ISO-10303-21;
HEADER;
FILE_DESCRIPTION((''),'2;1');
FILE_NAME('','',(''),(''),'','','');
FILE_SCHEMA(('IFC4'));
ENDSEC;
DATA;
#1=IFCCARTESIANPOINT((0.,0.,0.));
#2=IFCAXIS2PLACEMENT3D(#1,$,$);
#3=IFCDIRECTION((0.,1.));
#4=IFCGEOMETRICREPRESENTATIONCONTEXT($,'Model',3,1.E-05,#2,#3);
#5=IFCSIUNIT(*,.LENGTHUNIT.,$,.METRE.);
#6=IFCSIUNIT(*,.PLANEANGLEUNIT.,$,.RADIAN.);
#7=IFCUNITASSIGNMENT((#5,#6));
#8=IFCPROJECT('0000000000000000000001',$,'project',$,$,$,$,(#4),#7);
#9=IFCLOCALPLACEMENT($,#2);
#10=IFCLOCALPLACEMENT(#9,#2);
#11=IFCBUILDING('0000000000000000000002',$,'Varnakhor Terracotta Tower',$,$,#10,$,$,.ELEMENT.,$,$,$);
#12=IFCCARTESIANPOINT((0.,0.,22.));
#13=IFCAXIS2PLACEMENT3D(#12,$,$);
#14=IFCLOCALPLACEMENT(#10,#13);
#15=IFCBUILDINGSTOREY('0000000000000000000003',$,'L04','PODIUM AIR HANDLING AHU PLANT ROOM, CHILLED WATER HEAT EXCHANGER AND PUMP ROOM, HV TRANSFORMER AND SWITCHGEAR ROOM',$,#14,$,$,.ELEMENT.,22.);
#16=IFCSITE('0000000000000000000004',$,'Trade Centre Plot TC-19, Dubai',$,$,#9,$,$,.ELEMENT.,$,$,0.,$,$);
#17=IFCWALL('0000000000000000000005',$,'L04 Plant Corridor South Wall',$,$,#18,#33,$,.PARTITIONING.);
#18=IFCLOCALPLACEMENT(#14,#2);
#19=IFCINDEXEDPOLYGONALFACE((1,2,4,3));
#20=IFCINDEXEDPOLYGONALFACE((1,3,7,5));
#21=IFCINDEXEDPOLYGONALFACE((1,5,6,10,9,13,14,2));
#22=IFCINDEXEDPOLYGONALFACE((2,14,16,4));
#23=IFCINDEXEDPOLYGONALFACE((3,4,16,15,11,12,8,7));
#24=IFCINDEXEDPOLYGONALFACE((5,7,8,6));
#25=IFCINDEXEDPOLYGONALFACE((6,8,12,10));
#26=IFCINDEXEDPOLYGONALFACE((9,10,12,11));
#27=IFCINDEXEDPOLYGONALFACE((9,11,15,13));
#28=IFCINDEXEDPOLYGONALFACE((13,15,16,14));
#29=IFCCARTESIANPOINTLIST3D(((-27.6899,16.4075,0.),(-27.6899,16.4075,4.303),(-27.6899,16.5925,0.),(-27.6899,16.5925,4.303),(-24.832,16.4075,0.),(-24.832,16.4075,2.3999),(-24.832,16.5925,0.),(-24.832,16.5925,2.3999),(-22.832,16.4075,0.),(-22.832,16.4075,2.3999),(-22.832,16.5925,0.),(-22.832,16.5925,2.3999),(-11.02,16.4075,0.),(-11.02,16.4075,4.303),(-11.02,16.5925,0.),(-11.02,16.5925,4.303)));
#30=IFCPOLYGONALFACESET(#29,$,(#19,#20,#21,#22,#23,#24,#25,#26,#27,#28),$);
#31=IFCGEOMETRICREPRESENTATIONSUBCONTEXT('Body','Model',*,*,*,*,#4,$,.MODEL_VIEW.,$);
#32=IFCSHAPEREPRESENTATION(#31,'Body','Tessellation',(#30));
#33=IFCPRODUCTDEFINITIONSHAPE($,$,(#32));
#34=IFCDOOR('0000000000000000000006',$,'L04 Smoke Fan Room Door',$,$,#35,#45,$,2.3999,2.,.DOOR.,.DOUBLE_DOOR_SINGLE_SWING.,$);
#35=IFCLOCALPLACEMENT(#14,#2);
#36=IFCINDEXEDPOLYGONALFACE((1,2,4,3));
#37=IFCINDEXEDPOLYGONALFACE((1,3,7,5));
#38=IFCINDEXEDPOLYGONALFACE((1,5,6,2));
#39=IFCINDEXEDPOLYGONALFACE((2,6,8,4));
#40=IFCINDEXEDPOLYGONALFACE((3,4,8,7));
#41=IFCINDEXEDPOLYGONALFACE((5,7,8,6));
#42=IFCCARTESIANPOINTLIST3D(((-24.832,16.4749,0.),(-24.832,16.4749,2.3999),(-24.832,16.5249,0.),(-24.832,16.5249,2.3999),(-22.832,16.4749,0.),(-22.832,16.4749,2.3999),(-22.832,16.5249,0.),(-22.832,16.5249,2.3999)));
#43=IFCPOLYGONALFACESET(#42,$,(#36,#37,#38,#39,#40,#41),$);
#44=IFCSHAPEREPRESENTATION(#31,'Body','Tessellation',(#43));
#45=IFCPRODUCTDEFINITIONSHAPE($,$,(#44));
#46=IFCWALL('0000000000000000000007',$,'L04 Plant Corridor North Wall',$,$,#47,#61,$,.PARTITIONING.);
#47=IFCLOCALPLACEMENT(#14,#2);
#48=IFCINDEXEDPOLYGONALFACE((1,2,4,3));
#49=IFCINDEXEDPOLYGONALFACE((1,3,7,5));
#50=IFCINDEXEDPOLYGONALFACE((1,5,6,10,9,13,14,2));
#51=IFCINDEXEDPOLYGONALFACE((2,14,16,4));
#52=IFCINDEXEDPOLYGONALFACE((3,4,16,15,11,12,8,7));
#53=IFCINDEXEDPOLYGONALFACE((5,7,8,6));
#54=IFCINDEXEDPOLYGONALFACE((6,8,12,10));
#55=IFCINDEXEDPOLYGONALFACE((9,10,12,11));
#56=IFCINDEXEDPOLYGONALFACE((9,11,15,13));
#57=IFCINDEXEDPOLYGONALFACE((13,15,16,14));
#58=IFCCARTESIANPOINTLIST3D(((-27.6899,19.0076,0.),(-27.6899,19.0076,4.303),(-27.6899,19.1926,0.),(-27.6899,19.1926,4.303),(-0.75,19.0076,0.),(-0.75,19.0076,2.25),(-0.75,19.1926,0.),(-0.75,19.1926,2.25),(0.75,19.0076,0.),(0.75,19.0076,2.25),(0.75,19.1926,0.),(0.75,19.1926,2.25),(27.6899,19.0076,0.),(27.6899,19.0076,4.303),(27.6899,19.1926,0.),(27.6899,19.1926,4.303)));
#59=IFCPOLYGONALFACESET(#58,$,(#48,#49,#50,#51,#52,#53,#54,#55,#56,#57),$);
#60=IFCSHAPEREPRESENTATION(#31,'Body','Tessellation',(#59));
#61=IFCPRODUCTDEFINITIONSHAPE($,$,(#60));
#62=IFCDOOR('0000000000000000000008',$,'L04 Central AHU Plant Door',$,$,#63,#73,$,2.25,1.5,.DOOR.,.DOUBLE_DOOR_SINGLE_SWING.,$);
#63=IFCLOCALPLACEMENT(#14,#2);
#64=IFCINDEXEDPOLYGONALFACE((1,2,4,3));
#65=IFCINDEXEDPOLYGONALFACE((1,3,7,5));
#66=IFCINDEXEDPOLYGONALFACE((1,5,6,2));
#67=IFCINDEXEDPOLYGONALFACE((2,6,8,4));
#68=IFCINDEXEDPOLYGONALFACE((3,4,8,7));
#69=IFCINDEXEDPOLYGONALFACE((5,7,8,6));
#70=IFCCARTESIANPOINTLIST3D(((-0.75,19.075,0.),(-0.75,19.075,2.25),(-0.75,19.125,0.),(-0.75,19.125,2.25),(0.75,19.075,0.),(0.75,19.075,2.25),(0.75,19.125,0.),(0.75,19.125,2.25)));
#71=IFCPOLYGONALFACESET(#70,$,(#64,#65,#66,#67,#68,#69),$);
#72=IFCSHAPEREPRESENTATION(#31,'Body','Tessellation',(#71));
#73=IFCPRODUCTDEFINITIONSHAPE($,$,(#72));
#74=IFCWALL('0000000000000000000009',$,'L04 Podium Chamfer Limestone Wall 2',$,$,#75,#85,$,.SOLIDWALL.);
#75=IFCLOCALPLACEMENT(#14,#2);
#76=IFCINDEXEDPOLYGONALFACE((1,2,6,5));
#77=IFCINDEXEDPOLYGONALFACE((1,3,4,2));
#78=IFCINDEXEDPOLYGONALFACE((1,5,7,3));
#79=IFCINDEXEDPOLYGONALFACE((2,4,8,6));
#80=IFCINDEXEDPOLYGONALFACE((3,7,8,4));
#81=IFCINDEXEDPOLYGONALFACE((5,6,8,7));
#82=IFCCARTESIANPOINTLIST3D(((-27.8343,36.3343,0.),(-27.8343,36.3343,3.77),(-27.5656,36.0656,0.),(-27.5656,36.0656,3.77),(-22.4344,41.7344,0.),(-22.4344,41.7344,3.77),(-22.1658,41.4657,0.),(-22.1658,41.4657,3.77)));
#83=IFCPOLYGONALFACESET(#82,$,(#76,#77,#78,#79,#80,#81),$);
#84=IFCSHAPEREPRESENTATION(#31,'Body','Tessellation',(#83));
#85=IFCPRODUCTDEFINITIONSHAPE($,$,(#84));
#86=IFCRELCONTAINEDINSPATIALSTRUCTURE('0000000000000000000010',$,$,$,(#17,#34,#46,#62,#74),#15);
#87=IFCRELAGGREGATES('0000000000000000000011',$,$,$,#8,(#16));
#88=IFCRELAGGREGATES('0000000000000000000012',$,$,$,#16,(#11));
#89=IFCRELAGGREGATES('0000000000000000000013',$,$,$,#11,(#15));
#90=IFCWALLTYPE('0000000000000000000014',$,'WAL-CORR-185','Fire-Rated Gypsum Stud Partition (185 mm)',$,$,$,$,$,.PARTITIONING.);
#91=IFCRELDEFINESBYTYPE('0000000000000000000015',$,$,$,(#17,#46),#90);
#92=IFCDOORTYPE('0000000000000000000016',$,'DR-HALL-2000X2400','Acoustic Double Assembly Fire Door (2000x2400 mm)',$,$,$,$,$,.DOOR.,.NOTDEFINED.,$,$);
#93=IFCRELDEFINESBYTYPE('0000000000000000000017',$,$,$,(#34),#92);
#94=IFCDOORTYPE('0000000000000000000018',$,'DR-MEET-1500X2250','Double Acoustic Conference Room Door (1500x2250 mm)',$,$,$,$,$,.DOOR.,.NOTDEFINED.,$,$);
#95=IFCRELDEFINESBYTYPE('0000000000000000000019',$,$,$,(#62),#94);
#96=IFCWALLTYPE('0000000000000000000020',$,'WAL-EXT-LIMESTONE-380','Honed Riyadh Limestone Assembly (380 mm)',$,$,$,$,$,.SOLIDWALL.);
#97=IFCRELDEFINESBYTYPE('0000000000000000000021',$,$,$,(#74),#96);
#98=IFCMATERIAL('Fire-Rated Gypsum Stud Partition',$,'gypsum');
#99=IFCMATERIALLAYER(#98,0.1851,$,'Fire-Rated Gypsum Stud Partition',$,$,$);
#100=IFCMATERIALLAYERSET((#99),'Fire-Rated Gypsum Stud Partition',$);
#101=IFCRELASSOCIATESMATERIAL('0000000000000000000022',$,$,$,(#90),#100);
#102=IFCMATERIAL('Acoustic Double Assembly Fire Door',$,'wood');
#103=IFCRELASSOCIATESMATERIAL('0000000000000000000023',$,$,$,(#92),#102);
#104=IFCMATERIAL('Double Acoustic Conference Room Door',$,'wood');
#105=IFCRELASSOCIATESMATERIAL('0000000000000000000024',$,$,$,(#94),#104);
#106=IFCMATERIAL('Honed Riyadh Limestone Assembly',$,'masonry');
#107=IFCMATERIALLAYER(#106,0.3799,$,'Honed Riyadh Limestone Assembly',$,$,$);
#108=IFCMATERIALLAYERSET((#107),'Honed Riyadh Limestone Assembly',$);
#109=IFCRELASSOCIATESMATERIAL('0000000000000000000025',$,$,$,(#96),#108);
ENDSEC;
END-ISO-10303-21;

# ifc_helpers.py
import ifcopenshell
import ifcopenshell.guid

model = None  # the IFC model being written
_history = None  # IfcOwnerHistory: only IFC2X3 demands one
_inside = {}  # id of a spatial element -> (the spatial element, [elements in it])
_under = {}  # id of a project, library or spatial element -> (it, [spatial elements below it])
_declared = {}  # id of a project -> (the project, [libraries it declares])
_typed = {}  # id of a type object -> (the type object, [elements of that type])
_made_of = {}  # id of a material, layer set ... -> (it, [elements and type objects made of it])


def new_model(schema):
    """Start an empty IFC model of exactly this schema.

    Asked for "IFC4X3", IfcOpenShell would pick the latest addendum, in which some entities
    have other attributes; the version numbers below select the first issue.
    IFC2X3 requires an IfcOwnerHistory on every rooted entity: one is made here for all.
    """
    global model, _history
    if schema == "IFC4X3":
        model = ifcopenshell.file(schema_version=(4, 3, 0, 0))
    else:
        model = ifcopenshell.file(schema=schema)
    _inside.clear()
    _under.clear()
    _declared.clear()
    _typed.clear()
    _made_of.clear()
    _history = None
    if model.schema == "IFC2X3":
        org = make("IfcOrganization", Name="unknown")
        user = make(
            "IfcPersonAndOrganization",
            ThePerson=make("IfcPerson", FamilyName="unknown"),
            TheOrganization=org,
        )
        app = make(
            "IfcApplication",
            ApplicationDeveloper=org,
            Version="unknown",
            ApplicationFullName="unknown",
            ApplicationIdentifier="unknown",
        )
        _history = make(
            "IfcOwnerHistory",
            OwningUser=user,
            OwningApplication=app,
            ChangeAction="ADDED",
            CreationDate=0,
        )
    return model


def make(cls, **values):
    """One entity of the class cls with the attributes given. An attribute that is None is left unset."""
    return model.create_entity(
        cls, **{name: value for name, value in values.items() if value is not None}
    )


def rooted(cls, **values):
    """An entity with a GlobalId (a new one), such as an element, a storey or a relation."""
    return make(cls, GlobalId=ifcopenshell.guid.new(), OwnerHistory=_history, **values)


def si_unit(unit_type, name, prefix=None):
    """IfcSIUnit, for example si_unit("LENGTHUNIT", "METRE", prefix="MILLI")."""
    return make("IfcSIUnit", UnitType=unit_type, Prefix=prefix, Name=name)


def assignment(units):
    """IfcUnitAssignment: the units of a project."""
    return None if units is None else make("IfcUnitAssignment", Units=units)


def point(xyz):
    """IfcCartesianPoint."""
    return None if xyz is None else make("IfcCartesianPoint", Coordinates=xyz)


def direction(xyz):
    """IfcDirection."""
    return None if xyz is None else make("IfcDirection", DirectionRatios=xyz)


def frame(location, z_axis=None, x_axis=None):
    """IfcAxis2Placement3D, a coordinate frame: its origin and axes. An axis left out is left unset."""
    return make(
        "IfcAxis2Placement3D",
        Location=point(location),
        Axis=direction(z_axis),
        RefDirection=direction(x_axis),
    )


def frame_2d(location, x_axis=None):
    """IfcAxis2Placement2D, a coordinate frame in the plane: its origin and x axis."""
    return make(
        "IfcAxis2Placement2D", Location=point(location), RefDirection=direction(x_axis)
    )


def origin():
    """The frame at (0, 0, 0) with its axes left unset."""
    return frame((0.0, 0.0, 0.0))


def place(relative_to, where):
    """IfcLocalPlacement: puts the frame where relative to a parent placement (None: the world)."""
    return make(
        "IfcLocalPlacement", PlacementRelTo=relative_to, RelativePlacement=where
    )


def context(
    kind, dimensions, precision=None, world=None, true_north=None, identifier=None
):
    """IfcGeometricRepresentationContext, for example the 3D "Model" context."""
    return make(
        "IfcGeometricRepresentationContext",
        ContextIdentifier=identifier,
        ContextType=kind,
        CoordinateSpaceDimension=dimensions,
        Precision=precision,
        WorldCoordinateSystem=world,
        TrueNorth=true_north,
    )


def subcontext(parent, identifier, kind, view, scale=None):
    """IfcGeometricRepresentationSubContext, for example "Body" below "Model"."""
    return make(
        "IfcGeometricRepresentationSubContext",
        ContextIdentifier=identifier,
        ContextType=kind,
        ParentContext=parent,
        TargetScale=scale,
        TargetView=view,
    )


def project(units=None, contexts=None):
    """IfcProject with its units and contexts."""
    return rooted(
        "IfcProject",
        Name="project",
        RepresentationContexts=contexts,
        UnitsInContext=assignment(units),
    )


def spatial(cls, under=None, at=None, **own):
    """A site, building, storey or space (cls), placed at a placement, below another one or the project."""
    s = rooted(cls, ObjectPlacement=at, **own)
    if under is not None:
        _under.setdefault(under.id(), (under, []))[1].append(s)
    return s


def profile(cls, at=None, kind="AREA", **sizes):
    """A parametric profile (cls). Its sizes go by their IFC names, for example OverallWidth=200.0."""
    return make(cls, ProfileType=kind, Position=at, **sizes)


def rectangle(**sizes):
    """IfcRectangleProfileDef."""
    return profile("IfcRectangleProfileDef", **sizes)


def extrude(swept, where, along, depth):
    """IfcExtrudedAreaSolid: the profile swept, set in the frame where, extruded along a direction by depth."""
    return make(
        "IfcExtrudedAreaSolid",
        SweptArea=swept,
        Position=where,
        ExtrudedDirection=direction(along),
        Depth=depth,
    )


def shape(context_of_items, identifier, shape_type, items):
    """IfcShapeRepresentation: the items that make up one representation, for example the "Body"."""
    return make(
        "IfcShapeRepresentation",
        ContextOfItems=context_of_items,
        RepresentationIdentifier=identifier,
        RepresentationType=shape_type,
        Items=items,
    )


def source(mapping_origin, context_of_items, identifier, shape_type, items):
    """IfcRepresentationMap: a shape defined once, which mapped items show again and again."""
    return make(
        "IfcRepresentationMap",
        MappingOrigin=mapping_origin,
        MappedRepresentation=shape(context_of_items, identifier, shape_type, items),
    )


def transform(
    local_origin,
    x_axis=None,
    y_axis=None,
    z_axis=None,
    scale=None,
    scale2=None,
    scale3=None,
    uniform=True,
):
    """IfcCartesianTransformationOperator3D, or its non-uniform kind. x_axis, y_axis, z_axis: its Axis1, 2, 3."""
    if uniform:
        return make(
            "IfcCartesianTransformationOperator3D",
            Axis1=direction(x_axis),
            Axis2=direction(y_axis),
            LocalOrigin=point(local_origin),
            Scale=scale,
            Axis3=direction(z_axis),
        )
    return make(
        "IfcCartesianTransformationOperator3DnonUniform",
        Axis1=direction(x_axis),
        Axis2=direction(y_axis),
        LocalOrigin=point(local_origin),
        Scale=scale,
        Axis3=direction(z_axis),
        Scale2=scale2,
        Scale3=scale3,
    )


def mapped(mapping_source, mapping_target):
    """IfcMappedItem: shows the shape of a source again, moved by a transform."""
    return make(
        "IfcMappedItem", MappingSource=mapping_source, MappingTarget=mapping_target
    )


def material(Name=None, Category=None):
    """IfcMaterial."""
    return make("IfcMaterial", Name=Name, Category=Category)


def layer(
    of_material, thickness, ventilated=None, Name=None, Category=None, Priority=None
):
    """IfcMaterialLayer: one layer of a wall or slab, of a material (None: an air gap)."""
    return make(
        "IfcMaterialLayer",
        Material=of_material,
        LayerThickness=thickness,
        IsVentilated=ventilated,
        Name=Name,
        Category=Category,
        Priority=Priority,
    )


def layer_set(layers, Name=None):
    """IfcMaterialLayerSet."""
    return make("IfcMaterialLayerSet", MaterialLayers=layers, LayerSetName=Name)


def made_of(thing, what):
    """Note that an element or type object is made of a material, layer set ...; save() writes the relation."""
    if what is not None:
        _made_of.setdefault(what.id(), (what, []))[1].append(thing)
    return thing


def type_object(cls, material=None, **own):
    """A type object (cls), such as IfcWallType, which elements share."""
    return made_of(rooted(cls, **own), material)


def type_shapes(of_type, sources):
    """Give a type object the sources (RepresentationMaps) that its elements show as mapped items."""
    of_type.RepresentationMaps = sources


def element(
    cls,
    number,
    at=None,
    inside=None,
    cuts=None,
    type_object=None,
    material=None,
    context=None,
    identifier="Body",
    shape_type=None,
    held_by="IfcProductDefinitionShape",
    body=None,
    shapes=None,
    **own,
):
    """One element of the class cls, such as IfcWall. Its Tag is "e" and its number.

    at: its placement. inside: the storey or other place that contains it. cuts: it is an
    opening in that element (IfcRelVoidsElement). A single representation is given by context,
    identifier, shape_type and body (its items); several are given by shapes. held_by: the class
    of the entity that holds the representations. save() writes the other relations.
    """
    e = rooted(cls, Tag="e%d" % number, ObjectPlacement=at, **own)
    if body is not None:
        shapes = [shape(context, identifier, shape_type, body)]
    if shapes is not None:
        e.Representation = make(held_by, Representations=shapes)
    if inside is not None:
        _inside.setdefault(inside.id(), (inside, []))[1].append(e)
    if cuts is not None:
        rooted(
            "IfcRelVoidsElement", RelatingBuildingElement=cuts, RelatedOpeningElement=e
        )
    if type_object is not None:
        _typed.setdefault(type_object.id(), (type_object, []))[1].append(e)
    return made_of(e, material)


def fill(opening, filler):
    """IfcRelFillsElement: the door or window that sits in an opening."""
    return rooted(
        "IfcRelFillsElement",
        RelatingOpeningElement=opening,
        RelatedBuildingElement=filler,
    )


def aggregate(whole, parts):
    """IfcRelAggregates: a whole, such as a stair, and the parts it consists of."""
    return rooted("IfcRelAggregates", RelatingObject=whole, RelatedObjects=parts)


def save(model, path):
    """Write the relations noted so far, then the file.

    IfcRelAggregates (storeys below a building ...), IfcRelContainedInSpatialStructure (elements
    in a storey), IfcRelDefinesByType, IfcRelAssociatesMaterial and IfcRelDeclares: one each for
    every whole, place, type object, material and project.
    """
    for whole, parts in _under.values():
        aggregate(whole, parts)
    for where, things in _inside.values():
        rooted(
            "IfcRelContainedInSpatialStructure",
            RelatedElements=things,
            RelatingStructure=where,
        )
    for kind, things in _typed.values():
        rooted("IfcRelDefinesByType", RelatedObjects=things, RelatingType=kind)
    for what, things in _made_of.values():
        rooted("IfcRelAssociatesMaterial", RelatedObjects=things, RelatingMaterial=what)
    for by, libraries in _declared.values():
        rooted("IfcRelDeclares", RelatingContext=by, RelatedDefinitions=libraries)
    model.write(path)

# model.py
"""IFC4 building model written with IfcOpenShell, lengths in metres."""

from ifc_helpers import new_model, si_unit, direction, frame, frame_2d, origin, place, context, subcontext, project, spatial, rectangle, extrude, source, transform, mapped, material, layer, layer_set, type_object, type_shapes, element, fill, save


model = new_model("IFC4")

# Units and contexts
model_context = context("Model", 3, precision=1e-05, world=origin(), true_north=direction((0.0, 1.0)))
body_context = subcontext(model_context, "Body", "Model", "MODEL_VIEW")
ifc_project = project(units=[si_unit("LENGTHUNIT", "METRE"), si_unit("PLANEANGLEUNIT", "RADIAN")], contexts=[model_context])

# Site, building, storey
site_placement = place(None, origin())
site = spatial("IfcSite", under=ifc_project, at=site_placement, Name="Trade Centre Plot TC-19, Dubai", CompositionType="ELEMENT", RefElevation=0.0)
building_placement = place(site_placement, origin())
building = spatial("IfcBuilding", under=site, at=building_placement, Name="Varnakhor Terracotta Tower", CompositionType="ELEMENT")
storey_placement = place(building_placement, frame((0.0, 0.0, 22.0)))
storey = spatial("IfcBuildingStorey", under=building, at=storey_placement, Name="L04", Description="PODIUM AIR HANDLING AHU PLANT ROOM, CHILLED WATER HEAT EXCHANGER AND PUMP ROOM, HV TRANSFORMER AND SWITCHGEAR ROOM", CompositionType="ELEMENT", Elevation=22.0)

# Walls, openings, doors
ifc_material_1 = material(Name="Fire-Rated Gypsum Stud Partition", Category="gypsum")
ifc_layer_1 = layer(ifc_material_1, 0.1851, Name="Fire-Rated Gypsum Stud Partition")
ifc_layer_set_1 = layer_set([ifc_layer_1], Name="Fire-Rated Gypsum Stud Partition")
wall_type_1 = type_object("IfcWallType", Name="WAL-CORR-185", Description="Fire-Rated Gypsum Stud Partition (185 mm)", PredefinedType="PARTITIONING", material=ifc_layer_set_1)
wall_1_placement = place(storey_placement, frame((-27.6899, 16.5, 0.0), z_axis=(0.0, 0.0, 1.0), x_axis=(1.0, 0.0, 0.0)))
wall_1 = element("IfcWall", 1, at=wall_1_placement, inside=storey, type_object=wall_type_1, Name="L04 Plant Corridor South Wall", PredefinedType="PARTITIONING", context=body_context, shape_type="SweptSolid", body=[
    extrude(rectangle(XDim=16.6699, YDim=0.1851, at=frame_2d((8.335, 0.0))), origin(), (0.0, 0.0, 1.0), 4.303),
])
opening_1_placement = place(wall_1_placement, frame((2.8579, 0.0, 0.0)))
opening_1 = element("IfcOpeningElement", 2, at=opening_1_placement, cuts=wall_1, PredefinedType="OPENING", context=body_context, shape_type="SweptSolid", body=[
    extrude(rectangle(XDim=2.0, YDim=2.3999, at=frame_2d((1.0, 1.2))), frame((0.0, 0.1025, 0.0), z_axis=(0.0, -1.0, 0.0), x_axis=(1.0, 0.0, 0.0)), (0.0, 0.0, 1.0), 0.2051),
])
ifc_material_2 = material(Name="Acoustic Double Assembly Fire Door", Category="wood")
door_type_1 = type_object("IfcDoorType", Name="DR-HALL-2000X2400", Description="Acoustic Double Assembly Fire Door (2000x2400 mm)", OperationType="NOTDEFINED", PredefinedType="DOOR", material=ifc_material_2)
shared_shape_1 = source(origin(), body_context, "Body", "SweptSolid", [
    extrude(rectangle(XDim=2.0, YDim=2.3999, at=frame_2d((1.0, 1.2))), frame((0.0, 0.0249, 0.0), z_axis=(0.0, -1.0, 0.0), x_axis=(1.0, 0.0, 0.0)), (0.0, 0.0, 1.0), 0.05),
])
type_shapes(door_type_1, [shared_shape_1])
door_1_placement = place(opening_1_placement, origin())
door_1 = element("IfcDoor", 3, at=door_1_placement, inside=storey, type_object=door_type_1, Name="L04 Smoke Fan Room Door", OperationType="DOUBLE_DOOR_SINGLE_SWING", OverallHeight=2.3999, OverallWidth=2.0, PredefinedType="DOOR", context=body_context, shape_type="MappedRepresentation", body=[
    mapped(shared_shape_1, transform((0.0, 0.0, 0.0), scale=1.0)),
])
fill(opening_1, door_1)
wall_2_placement = place(storey_placement, frame((-27.6899, 19.1001, 0.0), z_axis=(0.0, 0.0, 1.0), x_axis=(1.0, 0.0, 0.0)))
wall_2 = element("IfcWall", 4, at=wall_2_placement, inside=storey, type_object=wall_type_1, Name="L04 Plant Corridor North Wall", PredefinedType="PARTITIONING", context=body_context, shape_type="SweptSolid", body=[
    extrude(rectangle(XDim=55.3799, YDim=0.1851, at=frame_2d((27.6899, 0.0))), origin(), (0.0, 0.0, 1.0), 4.303),
])
opening_2_placement = place(wall_2_placement, frame((26.9399, 0.0, 0.0)))
opening_2 = element("IfcOpeningElement", 5, at=opening_2_placement, cuts=wall_2, PredefinedType="OPENING", context=body_context, shape_type="SweptSolid", body=[
    extrude(rectangle(XDim=1.5, YDim=2.25, at=frame_2d((0.75, 1.125))), frame((0.0, 0.1025, 0.0), z_axis=(0.0, -1.0, 0.0), x_axis=(1.0, 0.0, 0.0)), (0.0, 0.0, 1.0), 0.2051),
])
ifc_material_3 = material(Name="Double Acoustic Conference Room Door", Category="wood")
door_type_2 = type_object("IfcDoorType", Name="DR-MEET-1500X2250", Description="Double Acoustic Conference Room Door (1500x2250 mm)", OperationType="NOTDEFINED", PredefinedType="DOOR", material=ifc_material_3)
shared_shape_2 = source(origin(), body_context, "Body", "SweptSolid", [
    extrude(rectangle(XDim=1.5, YDim=2.25, at=frame_2d((0.75, 1.125))), frame((0.0, 0.0249, 0.0), z_axis=(0.0, -1.0, 0.0), x_axis=(1.0, 0.0, 0.0)), (0.0, 0.0, 1.0), 0.05),
])
type_shapes(door_type_2, [shared_shape_2])
door_2_placement = place(opening_2_placement, origin())
door_2 = element("IfcDoor", 6, at=door_2_placement, inside=storey, type_object=door_type_2, Name="L04 Central AHU Plant Door", OperationType="DOUBLE_DOOR_SINGLE_SWING", OverallHeight=2.25, OverallWidth=1.5, PredefinedType="DOOR", context=body_context, shape_type="MappedRepresentation", body=[
    mapped(shared_shape_2, transform((0.0, 0.0, 0.0), scale=1.0)),
])
fill(opening_2, door_2)

# Wall
ifc_material_4 = material(Name="Honed Riyadh Limestone Assembly", Category="masonry")
ifc_layer_2 = layer(ifc_material_4, 0.3799, Name="Honed Riyadh Limestone Assembly")
ifc_layer_set_2 = layer_set([ifc_layer_2], Name="Honed Riyadh Limestone Assembly")
wall_type_2 = type_object("IfcWallType", Name="WAL-EXT-LIMESTONE-380", Description="Honed Riyadh Limestone Assembly (380 mm)", PredefinedType="SOLIDWALL", material=ifc_layer_set_2)
wall_3_placement = place(storey_placement, frame((-27.7, 36.2, 0.0), z_axis=(0.0, 0.0, 1.0), x_axis=(0.707091, 0.707123, 0.0)))
element("IfcWall", 7, at=wall_3_placement, inside=storey, type_object=wall_type_2, Name="L04 Podium Chamfer Limestone Wall 2", PredefinedType="SOLIDWALL", context=body_context, shape_type="SweptSolid", body=[
    extrude(rectangle(XDim=7.6367, YDim=0.3799, at=frame_2d((3.8184, 0.0))), origin(), (0.0, 0.0, 1.0), 3.77),
])

save(model, "model.ifc")
